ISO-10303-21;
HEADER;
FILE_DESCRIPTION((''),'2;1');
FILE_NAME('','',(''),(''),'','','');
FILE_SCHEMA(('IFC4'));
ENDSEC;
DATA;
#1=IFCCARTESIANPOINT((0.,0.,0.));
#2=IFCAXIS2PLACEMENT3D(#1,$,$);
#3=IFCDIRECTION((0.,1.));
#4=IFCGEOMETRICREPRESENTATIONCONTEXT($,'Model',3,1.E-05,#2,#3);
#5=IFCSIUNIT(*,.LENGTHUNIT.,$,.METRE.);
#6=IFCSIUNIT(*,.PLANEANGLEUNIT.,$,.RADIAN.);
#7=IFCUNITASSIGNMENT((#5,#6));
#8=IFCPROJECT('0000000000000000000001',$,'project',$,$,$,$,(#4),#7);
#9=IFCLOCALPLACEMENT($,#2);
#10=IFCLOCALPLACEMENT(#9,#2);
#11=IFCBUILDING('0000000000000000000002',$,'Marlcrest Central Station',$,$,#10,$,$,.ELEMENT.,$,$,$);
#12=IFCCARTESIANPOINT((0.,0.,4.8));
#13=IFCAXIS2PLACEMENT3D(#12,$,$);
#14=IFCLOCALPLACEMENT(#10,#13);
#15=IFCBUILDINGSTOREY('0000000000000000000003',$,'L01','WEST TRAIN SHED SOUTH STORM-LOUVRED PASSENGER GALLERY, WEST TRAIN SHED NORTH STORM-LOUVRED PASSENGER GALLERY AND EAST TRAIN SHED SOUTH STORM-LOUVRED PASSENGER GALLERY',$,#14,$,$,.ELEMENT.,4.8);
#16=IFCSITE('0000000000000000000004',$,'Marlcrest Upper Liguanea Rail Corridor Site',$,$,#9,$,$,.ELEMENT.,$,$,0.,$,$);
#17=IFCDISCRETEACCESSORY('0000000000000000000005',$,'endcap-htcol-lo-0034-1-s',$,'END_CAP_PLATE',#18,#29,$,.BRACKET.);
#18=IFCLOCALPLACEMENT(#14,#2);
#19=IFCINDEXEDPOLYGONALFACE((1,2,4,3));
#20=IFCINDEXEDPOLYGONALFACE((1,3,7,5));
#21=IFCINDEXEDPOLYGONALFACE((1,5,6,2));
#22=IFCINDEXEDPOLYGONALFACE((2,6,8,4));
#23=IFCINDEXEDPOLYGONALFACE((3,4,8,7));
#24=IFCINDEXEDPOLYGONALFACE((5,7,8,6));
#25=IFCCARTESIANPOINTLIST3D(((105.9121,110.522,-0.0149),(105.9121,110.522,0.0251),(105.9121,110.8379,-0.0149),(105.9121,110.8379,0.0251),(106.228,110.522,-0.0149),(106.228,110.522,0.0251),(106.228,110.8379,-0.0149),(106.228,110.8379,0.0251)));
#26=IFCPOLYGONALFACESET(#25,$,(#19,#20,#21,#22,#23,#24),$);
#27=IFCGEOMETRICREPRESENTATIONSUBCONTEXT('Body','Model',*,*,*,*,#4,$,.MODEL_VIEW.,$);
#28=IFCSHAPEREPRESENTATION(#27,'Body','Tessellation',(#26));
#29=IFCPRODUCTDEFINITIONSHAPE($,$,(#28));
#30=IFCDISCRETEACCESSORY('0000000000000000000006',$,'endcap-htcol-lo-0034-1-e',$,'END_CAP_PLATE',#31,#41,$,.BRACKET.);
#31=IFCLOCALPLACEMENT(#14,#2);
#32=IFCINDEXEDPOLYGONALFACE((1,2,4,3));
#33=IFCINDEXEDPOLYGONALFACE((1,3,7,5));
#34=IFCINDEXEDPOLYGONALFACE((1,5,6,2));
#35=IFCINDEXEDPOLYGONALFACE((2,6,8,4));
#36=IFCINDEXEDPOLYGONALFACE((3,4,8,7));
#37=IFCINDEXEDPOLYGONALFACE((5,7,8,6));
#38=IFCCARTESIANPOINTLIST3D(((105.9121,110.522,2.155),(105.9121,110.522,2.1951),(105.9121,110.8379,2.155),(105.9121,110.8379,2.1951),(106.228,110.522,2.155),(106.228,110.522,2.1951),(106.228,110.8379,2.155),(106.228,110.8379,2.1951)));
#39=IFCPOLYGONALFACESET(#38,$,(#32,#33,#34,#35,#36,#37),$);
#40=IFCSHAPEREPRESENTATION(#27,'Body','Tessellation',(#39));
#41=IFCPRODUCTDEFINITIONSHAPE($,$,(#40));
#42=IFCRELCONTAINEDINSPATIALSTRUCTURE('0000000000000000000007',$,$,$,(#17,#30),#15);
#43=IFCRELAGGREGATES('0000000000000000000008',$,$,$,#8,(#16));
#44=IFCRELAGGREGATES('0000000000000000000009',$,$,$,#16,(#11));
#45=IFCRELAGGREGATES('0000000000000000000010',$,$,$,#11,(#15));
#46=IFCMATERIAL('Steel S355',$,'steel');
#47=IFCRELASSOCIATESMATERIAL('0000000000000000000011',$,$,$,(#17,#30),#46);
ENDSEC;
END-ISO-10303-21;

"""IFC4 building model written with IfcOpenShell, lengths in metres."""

from ifc_helpers import new_model, si_unit, direction, frame, origin, origin_2d, place, context, subcontext, project, spatial, rectangle, extrude, material, element, save


model = new_model("IFC4")

# Units and contexts
model_context = context("Model", 3, precision=1e-05, world=origin(), true_north=direction((0.0, 1.0)))
body_context = subcontext(model_context, "Body", "Model", "MODEL_VIEW")
ifc_project = project(units=[si_unit("LENGTHUNIT", "METRE"), si_unit("PLANEANGLEUNIT", "RADIAN")], contexts=[model_context])

# Site, building, storey
site_placement = place(None, origin())
site = spatial("IfcSite", under=ifc_project, at=site_placement, Name="Marlcrest Upper Liguanea Rail Corridor Site", CompositionType="ELEMENT", RefElevation=0.0)
building_placement = place(site_placement, origin())
building = spatial("IfcBuilding", under=site, at=building_placement, Name="Marlcrest Central Station", CompositionType="ELEMENT")
storey_placement = place(building_placement, frame((0.0, 0.0, 4.8)))
storey = spatial("IfcBuildingStorey", under=building, at=storey_placement, Name="L01", Description="WEST TRAIN SHED SOUTH STORM-LOUVRED PASSENGER GALLERY, WEST TRAIN SHED NORTH STORM-LOUVRED PASSENGER GALLERY AND EAST TRAIN SHED SOUTH STORM-LOUVRED PASSENGER GALLERY", CompositionType="ELEMENT", Elevation=4.8)

# Shared definitions
ifc_material_1 = material(Name="Steel S355", Category="steel")

# Discrete accessories
for number, where, z_axis, x_axis, name in (
    (1, (106.0701, 110.6799, -0.0149), (0.0, 0.0, 1.0), (1.0, 0.0, 0.0), "endcap-htcol-lo-0034-1-s"),
    (2, (106.0701, 110.6799, 2.155), (0.0, 0.0, 1.0), (1.0, 0.0, 0.0), "endcap-htcol-lo-0034-1-e"),
):
    element("IfcDiscreteAccessory", number, at=place(storey_placement, frame(where, z_axis=z_axis, x_axis=x_axis)), inside=storey, material=ifc_material_1, Name=name, ObjectType="END_CAP_PLATE", PredefinedType="BRACKET", context=body_context, shape_type="SweptSolid", body=[
        extrude(rectangle(XDim=0.3159, YDim=0.3159, at=origin_2d()), origin(), (0.0, 0.0, 1.0), 0.04),
    ])

save(model, "model.ifc")
